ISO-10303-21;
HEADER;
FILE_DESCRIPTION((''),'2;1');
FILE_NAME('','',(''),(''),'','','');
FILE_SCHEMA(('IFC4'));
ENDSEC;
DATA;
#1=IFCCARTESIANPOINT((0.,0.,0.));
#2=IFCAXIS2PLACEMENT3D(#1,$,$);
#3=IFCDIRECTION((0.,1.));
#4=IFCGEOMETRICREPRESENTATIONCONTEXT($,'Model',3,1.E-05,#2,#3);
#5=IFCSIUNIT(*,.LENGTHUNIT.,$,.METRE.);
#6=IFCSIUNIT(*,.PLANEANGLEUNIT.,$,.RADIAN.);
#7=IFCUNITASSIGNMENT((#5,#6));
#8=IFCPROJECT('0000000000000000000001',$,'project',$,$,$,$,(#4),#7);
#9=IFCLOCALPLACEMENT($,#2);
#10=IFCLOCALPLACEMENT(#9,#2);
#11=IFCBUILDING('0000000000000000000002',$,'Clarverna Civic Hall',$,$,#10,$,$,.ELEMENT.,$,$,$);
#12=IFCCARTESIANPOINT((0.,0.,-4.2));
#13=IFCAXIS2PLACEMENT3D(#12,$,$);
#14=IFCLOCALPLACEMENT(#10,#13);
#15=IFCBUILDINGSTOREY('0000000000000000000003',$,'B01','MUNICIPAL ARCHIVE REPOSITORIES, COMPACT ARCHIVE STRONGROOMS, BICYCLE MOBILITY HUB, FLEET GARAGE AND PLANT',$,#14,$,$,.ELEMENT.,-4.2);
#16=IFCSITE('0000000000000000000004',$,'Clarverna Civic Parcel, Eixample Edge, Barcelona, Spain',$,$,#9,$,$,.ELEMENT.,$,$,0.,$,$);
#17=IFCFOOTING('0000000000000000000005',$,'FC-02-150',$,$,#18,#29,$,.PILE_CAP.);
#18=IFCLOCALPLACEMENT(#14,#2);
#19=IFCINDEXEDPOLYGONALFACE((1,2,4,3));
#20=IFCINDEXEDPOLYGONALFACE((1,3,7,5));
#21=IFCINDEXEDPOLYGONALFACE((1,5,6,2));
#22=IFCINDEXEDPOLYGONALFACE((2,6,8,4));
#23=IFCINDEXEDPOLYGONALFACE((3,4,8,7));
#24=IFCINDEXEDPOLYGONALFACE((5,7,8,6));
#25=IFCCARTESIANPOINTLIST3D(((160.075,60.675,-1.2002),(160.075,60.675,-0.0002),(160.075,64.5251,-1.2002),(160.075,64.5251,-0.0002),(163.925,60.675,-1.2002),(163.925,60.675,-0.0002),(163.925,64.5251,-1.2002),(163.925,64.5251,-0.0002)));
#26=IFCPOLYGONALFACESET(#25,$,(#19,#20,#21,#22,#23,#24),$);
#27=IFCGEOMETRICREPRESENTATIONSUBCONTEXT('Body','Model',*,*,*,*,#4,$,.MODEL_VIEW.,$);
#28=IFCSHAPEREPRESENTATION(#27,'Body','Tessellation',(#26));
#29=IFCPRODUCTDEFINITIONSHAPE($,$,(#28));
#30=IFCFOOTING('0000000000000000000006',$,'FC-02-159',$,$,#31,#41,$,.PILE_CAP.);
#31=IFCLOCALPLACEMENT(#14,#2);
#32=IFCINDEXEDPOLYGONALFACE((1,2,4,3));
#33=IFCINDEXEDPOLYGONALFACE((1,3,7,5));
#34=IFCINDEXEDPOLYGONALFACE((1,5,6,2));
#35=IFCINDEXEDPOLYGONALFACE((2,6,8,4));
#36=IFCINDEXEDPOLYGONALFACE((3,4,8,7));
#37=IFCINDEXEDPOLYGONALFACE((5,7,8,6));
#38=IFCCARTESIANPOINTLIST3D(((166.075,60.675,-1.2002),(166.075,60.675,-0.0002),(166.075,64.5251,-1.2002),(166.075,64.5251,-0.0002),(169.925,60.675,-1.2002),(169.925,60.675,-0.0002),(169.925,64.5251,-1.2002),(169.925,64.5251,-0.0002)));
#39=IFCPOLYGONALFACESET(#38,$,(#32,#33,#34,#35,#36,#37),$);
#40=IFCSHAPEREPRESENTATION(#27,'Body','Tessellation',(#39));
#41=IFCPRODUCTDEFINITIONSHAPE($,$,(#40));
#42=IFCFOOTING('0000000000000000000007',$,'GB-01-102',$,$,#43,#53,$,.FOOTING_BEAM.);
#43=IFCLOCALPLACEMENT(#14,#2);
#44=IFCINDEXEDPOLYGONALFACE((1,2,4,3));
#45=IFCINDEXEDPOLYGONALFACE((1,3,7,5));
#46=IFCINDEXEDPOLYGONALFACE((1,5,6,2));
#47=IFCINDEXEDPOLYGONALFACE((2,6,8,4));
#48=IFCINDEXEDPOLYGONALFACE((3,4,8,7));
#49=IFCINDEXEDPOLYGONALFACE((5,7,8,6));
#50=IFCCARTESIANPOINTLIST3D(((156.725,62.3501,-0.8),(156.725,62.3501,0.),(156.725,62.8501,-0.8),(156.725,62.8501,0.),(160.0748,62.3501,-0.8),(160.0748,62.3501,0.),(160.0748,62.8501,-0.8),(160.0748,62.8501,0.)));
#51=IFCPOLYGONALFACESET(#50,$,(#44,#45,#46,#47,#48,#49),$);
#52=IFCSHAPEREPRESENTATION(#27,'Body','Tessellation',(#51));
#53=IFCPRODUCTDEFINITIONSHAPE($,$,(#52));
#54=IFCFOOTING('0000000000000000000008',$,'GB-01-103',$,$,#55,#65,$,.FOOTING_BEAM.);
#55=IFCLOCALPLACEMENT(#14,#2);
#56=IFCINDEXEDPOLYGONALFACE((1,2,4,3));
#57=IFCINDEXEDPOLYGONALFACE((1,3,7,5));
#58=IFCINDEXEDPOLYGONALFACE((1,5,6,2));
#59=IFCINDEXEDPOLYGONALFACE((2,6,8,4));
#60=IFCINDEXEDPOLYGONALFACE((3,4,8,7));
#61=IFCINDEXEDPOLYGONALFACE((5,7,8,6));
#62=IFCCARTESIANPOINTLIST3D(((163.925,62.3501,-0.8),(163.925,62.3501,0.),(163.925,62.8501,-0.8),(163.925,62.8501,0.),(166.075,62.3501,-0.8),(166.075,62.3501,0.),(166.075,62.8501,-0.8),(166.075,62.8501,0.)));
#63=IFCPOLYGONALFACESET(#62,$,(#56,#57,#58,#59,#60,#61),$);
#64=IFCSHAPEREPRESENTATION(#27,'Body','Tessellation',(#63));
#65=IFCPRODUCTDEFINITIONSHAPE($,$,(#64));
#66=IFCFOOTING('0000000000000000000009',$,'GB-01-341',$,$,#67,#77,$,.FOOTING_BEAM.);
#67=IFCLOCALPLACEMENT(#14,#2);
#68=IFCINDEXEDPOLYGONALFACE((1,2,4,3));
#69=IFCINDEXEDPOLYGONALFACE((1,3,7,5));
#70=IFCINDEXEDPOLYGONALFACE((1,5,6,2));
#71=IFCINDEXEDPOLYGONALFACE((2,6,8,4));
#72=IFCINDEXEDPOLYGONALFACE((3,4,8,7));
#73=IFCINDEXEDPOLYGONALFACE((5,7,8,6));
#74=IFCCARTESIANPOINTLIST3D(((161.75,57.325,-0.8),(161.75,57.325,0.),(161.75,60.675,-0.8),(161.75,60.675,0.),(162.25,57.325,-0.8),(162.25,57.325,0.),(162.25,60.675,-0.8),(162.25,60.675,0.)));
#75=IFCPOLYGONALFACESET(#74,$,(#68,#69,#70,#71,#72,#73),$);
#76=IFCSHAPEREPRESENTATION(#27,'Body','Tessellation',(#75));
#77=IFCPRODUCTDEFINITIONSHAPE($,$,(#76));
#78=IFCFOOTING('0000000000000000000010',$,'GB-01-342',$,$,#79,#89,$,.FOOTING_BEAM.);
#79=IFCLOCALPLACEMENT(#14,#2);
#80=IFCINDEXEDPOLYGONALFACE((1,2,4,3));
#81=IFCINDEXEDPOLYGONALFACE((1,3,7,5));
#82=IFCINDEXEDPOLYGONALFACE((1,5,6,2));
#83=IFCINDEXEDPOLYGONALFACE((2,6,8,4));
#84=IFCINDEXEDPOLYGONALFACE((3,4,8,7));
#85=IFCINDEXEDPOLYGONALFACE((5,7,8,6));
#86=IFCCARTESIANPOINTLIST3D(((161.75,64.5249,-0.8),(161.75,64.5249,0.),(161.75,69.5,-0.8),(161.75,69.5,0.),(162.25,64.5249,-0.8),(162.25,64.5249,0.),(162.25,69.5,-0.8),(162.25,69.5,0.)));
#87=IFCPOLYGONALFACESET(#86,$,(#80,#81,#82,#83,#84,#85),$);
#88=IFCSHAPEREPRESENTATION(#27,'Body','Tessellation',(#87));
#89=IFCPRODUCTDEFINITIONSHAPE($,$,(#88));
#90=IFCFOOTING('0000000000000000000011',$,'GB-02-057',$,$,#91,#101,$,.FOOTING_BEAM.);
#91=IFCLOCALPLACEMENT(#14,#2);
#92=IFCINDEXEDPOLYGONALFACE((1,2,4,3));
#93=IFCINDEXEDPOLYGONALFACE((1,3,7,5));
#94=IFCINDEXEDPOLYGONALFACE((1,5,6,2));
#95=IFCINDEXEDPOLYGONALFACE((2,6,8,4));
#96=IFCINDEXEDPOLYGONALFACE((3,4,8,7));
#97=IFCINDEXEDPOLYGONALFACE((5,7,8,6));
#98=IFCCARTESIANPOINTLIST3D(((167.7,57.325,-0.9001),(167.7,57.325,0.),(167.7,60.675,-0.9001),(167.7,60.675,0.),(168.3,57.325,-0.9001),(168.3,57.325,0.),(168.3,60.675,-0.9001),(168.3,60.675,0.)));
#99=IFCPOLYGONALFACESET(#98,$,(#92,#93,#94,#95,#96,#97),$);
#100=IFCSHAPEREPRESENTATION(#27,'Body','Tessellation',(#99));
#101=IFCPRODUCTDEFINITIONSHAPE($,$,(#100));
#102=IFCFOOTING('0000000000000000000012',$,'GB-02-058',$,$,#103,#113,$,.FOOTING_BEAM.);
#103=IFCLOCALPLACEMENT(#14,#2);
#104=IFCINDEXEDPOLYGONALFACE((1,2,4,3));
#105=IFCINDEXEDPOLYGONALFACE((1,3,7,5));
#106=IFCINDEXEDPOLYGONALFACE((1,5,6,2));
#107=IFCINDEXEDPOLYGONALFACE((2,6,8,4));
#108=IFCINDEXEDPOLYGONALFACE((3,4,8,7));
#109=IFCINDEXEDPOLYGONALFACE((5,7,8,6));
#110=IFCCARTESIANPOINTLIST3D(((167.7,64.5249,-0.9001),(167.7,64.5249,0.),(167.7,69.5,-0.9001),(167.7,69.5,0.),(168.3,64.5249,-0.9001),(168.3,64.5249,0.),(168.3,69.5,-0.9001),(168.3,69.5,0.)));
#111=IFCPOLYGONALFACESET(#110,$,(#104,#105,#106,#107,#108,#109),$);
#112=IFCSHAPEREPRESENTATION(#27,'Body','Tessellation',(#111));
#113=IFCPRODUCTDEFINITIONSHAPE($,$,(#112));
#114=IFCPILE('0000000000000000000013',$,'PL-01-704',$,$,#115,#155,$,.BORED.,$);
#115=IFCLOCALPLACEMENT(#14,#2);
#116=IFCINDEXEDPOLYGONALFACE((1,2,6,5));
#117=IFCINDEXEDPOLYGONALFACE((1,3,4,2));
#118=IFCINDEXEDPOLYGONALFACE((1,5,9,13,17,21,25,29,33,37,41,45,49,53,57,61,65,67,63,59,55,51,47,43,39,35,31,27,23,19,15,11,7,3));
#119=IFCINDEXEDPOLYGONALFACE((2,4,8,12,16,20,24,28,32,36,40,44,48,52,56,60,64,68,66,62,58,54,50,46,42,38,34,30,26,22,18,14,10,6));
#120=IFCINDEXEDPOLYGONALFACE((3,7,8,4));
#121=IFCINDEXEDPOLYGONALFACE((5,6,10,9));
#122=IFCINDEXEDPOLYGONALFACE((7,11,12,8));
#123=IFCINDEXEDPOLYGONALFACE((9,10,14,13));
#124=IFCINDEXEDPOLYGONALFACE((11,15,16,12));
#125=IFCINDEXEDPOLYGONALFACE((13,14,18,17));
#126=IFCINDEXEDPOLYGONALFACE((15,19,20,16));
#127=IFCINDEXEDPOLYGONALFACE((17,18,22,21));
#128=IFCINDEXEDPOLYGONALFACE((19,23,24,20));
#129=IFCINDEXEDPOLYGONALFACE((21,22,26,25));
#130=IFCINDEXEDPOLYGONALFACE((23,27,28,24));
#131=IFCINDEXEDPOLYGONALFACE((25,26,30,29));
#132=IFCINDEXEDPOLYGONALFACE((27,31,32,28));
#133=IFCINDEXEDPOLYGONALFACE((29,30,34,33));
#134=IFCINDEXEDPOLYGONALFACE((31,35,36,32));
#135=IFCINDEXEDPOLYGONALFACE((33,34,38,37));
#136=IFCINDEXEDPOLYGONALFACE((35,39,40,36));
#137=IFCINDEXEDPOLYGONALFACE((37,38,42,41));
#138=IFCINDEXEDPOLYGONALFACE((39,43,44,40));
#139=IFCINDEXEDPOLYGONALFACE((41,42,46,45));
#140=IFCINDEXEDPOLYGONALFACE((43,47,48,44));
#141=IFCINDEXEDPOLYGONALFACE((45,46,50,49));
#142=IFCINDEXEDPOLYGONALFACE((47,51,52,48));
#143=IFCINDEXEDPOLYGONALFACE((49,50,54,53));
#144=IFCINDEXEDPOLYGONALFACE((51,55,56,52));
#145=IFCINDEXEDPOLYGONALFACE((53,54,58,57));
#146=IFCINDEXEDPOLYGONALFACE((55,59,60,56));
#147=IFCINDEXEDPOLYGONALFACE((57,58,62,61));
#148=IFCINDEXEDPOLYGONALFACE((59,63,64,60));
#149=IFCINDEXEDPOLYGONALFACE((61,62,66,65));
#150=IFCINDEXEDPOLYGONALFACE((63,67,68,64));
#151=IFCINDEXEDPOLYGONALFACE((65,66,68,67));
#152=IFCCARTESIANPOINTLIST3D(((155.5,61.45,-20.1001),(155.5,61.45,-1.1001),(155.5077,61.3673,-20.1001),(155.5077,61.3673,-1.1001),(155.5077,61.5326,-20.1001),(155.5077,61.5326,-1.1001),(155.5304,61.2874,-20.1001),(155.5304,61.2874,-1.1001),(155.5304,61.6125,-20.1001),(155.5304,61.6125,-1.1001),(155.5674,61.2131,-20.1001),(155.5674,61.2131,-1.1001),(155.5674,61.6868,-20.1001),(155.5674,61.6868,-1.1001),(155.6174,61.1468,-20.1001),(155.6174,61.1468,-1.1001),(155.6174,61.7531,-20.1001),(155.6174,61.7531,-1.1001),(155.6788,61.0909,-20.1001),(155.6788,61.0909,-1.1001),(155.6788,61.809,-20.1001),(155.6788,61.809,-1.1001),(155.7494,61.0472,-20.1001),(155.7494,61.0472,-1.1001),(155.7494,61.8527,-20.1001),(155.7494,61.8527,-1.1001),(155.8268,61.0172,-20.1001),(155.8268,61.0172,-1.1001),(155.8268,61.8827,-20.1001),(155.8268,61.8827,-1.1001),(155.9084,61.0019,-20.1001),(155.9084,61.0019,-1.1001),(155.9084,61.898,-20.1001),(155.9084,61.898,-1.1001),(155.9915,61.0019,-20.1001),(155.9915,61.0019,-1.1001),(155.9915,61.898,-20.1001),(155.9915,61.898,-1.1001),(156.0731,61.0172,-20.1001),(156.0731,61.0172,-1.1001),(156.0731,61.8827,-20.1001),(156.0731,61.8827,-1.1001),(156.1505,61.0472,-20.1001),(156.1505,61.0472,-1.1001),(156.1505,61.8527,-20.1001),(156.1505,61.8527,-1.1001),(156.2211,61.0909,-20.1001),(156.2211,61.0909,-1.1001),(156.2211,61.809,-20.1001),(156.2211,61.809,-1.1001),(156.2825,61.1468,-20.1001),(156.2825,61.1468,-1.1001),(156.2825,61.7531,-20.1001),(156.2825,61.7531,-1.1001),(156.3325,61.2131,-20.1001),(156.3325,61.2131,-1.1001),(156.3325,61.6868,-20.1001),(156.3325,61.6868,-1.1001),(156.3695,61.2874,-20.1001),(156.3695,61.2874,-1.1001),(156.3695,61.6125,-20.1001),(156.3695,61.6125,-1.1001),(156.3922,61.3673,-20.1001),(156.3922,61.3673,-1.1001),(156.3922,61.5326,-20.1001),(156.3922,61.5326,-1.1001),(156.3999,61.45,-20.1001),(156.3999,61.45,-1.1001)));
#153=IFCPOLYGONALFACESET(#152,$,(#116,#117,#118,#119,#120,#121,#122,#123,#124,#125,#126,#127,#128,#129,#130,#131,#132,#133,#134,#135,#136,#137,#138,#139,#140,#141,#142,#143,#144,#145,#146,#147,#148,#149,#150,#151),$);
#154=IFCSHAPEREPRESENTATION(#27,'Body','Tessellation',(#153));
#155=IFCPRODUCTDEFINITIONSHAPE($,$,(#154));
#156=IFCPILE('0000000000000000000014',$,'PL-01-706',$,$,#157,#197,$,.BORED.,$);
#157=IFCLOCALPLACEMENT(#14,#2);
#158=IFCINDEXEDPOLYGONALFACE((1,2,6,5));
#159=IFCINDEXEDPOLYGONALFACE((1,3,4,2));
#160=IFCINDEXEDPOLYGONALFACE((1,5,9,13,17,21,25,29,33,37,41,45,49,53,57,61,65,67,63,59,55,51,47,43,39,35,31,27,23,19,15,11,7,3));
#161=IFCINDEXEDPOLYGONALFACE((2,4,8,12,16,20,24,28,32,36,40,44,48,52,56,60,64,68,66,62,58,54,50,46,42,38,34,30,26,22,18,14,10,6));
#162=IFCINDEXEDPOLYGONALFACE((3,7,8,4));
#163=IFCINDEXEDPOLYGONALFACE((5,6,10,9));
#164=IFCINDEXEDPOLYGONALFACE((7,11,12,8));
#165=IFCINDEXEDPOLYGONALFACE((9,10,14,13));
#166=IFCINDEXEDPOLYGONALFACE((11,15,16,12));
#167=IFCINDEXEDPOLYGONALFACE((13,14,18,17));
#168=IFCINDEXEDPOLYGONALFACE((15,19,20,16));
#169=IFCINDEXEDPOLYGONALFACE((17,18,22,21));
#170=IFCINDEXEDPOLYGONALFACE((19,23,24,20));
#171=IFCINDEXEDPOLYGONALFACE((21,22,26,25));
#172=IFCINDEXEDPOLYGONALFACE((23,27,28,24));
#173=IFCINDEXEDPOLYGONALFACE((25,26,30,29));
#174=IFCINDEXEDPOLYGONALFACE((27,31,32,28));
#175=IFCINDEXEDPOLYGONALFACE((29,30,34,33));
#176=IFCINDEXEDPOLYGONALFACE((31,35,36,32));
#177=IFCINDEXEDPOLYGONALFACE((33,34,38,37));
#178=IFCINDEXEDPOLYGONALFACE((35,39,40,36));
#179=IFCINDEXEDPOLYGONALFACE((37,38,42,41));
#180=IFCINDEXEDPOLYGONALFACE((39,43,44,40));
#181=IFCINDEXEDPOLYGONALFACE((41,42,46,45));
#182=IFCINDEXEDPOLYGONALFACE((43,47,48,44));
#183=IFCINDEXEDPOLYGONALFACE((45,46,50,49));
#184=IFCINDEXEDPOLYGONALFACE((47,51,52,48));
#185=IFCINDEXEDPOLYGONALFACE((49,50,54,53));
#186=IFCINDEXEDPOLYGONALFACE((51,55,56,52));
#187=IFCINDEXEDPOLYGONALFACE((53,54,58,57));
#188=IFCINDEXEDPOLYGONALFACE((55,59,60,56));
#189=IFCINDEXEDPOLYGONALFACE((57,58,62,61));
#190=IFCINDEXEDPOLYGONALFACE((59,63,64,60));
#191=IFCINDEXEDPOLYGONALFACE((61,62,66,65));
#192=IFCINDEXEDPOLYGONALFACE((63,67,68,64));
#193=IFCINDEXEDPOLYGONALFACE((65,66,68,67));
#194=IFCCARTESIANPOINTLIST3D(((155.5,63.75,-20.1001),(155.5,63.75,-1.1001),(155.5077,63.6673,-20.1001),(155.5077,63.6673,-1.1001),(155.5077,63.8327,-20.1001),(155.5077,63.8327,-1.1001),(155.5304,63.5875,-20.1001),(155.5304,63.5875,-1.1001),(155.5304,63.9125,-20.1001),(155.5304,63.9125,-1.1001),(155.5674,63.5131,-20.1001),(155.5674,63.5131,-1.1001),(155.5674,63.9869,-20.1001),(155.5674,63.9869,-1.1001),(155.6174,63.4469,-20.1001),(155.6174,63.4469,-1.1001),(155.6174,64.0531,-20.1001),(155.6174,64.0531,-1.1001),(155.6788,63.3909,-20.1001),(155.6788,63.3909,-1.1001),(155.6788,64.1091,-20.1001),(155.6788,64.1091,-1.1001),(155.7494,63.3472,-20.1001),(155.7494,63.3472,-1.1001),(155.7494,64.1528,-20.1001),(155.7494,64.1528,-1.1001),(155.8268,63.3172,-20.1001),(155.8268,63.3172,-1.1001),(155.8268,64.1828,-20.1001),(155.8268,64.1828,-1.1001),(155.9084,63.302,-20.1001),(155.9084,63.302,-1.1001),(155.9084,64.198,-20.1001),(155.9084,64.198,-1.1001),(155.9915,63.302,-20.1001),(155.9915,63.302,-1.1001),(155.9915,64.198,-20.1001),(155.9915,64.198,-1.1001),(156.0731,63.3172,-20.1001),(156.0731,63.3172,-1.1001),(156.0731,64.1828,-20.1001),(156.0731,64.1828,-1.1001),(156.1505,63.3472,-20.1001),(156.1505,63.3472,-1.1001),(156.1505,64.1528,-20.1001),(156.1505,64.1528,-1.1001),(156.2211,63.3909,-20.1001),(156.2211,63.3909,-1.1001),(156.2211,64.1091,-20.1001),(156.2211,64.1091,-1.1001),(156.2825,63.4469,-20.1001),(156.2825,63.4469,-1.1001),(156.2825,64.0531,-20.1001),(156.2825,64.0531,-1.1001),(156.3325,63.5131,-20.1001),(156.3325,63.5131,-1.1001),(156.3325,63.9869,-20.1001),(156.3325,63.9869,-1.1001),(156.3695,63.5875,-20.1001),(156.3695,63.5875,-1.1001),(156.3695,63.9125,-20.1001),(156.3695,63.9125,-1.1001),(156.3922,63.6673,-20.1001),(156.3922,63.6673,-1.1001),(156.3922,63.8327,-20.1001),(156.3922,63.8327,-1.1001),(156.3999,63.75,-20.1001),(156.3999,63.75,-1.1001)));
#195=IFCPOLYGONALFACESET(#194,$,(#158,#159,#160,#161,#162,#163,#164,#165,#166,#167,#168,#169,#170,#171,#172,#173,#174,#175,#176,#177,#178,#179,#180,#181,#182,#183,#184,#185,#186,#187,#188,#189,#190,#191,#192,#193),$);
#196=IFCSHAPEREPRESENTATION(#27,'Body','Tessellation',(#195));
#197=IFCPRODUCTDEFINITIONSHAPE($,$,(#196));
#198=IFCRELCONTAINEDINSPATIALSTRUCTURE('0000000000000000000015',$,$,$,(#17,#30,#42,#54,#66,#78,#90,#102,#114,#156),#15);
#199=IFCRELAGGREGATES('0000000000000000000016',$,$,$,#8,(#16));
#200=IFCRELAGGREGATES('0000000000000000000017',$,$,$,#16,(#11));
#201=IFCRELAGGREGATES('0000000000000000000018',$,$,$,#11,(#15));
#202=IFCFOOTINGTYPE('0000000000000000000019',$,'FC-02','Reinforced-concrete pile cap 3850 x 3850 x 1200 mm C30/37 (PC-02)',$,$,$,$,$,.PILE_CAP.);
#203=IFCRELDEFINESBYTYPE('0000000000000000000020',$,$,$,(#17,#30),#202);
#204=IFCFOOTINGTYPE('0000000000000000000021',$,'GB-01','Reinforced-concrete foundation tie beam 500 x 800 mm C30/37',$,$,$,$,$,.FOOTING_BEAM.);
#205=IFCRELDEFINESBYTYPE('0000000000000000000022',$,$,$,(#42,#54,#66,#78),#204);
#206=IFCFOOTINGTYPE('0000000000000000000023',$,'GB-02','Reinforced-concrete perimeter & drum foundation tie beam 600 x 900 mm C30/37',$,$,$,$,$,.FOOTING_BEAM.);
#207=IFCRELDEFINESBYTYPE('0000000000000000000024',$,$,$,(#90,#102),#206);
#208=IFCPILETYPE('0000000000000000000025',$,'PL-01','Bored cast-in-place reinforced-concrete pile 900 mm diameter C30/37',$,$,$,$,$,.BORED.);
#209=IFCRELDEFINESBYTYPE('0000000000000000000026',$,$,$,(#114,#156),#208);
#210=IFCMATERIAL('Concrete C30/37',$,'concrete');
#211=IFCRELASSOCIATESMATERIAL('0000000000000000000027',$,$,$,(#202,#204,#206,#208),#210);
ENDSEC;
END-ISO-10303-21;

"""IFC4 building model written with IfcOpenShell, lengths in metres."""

from ifc_helpers import new_model, si_unit, direction, frame, frame_2d, origin, origin_2d, place, context, subcontext, project, spatial, rectangle, circle, extrude, material, material_profile, profile_set, type_object, element, save


model = new_model("IFC4")

# Units and contexts
model_context = context("Model", 3, precision=1e-05, world=origin(), true_north=direction((0.0, 1.0)))
body_context = subcontext(model_context, "Body", "Model", "MODEL_VIEW")
ifc_project = project(units=[si_unit("LENGTHUNIT", "METRE"), si_unit("PLANEANGLEUNIT", "RADIAN")], contexts=[model_context])

# Site, building, storey
site_placement = place(None, origin())
site = spatial("IfcSite", under=ifc_project, at=site_placement, Name="Clarverna Civic Parcel, Eixample Edge, Barcelona, Spain", CompositionType="ELEMENT", RefElevation=0.0)
building_placement = place(site_placement, origin())
building = spatial("IfcBuilding", under=site, at=building_placement, Name="Clarverna Civic Hall", CompositionType="ELEMENT")
storey_placement = place(building_placement, frame((0.0, 0.0, -4.2)))
storey = spatial("IfcBuildingStorey", under=building, at=storey_placement, Name="B01", Description="MUNICIPAL ARCHIVE REPOSITORIES, COMPACT ARCHIVE STRONGROOMS, BICYCLE MOBILITY HUB, FLEET GARAGE AND PLANT", CompositionType="ELEMENT", Elevation=-4.2)

# Footings
ifc_material_1 = material(Name="Concrete C30/37", Category="concrete")
footing_type_1 = type_object("IfcFootingType", Name="FC-02", Description="Reinforced-concrete pile cap 3850 x 3850 x 1200 mm C30/37 (PC-02)", PredefinedType="PILE_CAP", material=ifc_material_1)
for number, where, z_axis, x_axis, name in (
    (1, (162.0, 62.6001, -1.2002), (0.0, 0.0, 1.0), (1.0, 0.0, 0.0), "FC-02-150"),
    (2, (168.0, 62.6001, -1.2002), (0.0, 0.0, 1.0), (1.0, 0.0, 0.0), "FC-02-159"),
):
    element("IfcFooting", number, at=place(storey_placement, frame(where, z_axis=z_axis, x_axis=x_axis)), inside=storey, type_object=footing_type_1, Name=name, PredefinedType="PILE_CAP", context=body_context, shape_type="SweptSolid", body=[
        extrude(rectangle(XDim=3.8501, YDim=3.8501, at=origin_2d()), origin(), (0.0, 0.0, 1.0), 1.2),
    ])
footing_type_2 = type_object("IfcFootingType", Name="GB-01", Description="Reinforced-concrete foundation tie beam 500 x 800 mm C30/37", PredefinedType="FOOTING_BEAM", material=ifc_material_1)
footing_1_placement = place(storey_placement, frame((156.7251, 62.6001, -0.8), z_axis=(0.0, 0.0, 1.0), x_axis=(1.0, 0.0, 0.0)))
element("IfcFooting", 3, at=footing_1_placement, inside=storey, type_object=footing_type_2, Name="GB-01-102", PredefinedType="FOOTING_BEAM", context=body_context, shape_type="SweptSolid", body=[
    extrude(rectangle(XDim=3.3499, YDim=0.5, at=frame_2d((1.6748, 0.0))), origin(), (0.0, 0.0, 1.0), 0.8),
])
footing_2_placement = place(storey_placement, frame((163.925, 62.6001, -0.8), z_axis=(0.0, 0.0, 1.0), x_axis=(1.0, 0.0, 0.0)))
element("IfcFooting", 4, at=footing_2_placement, inside=storey, type_object=footing_type_2, Name="GB-01-103", PredefinedType="FOOTING_BEAM", context=body_context, shape_type="SweptSolid", body=[
    extrude(rectangle(XDim=2.1499, YDim=0.5, at=frame_2d((1.075, 0.0))), origin(), (0.0, 0.0, 1.0), 0.8),
])
footing_3_placement = place(storey_placement, frame((162.0, 57.325, -0.8), z_axis=(0.0, 0.0, 1.0), x_axis=(0.0, 1.0, 0.0)))
element("IfcFooting", 5, at=footing_3_placement, inside=storey, type_object=footing_type_2, Name="GB-01-341", PredefinedType="FOOTING_BEAM", context=body_context, shape_type="SweptSolid", body=[
    extrude(rectangle(XDim=3.3501, YDim=0.5, at=frame_2d((1.675, 0.0))), origin(), (0.0, 0.0, 1.0), 0.8),
])
footing_4_placement = place(storey_placement, frame((162.0, 64.5249, -0.8), z_axis=(0.0, 0.0, 1.0), x_axis=(0.0, 1.0, 0.0)))
element("IfcFooting", 6, at=footing_4_placement, inside=storey, type_object=footing_type_2, Name="GB-01-342", PredefinedType="FOOTING_BEAM", context=body_context, shape_type="SweptSolid", body=[
    extrude(rectangle(XDim=4.9751, YDim=0.5, at=frame_2d((2.4875, 0.0))), origin(), (0.0, 0.0, 1.0), 0.8),
])
footing_type_3 = type_object("IfcFootingType", Name="GB-02", Description="Reinforced-concrete perimeter & drum foundation tie beam 600 x 900 mm C30/37", PredefinedType="FOOTING_BEAM", material=ifc_material_1)
footing_5_placement = place(storey_placement, frame((168.0, 57.325, -0.9001), z_axis=(0.0, 0.0, 1.0), x_axis=(0.0, 1.0, 0.0)))
element("IfcFooting", 7, at=footing_5_placement, inside=storey, type_object=footing_type_3, Name="GB-02-057", PredefinedType="FOOTING_BEAM", context=body_context, shape_type="SweptSolid", body=[
    extrude(rectangle(XDim=3.3501, YDim=0.6001, at=frame_2d((1.675, 0.0))), origin(), (0.0, 0.0, 1.0), 0.9001),
])
footing_6_placement = place(storey_placement, frame((168.0, 64.5249, -0.9001), z_axis=(0.0, 0.0, 1.0), x_axis=(0.0, 1.0, 0.0)))
element("IfcFooting", 8, at=footing_6_placement, inside=storey, type_object=footing_type_3, Name="GB-02-058", PredefinedType="FOOTING_BEAM", context=body_context, shape_type="SweptSolid", body=[
    extrude(rectangle(XDim=4.9751, YDim=0.6001, at=frame_2d((2.4875, 0.0))), origin(), (0.0, 0.0, 1.0), 0.9001),
])

# Piles
ifc_material_profile_1 = material_profile(ifc_material_1, circle(Radius=0.45, at=origin_2d()), Name="BORED PILE D900")
ifc_profile_set_1 = profile_set([ifc_material_profile_1], Name="Concrete C30/37")
pile_type_1 = type_object("IfcPileType", Name="PL-01", Description="Bored cast-in-place reinforced-concrete pile 900 mm diameter C30/37", PredefinedType="BORED", material=ifc_profile_set_1)
for number, where, z_axis, x_axis, name in (
    (9, (155.95, 61.45, -1.1001), (0.0, 0.0, -1.0), (1.0, 0.0, 0.0), "PL-01-704"),
    (10, (155.95, 63.75, -1.1001), (0.0, 0.0, -1.0), (1.0, 0.0, 0.0), "PL-01-706"),
):
    element("IfcPile", number, at=place(storey_placement, frame(where, z_axis=z_axis, x_axis=x_axis)), inside=storey, type_object=pile_type_1, Name=name, PredefinedType="BORED", context=body_context, shape_type="SweptSolid", body=[
        extrude(circle(Radius=0.45, at=origin_2d()), origin(), (0.0, 0.0, 1.0), 19.0),
    ])

save(model, "model.ifc")
